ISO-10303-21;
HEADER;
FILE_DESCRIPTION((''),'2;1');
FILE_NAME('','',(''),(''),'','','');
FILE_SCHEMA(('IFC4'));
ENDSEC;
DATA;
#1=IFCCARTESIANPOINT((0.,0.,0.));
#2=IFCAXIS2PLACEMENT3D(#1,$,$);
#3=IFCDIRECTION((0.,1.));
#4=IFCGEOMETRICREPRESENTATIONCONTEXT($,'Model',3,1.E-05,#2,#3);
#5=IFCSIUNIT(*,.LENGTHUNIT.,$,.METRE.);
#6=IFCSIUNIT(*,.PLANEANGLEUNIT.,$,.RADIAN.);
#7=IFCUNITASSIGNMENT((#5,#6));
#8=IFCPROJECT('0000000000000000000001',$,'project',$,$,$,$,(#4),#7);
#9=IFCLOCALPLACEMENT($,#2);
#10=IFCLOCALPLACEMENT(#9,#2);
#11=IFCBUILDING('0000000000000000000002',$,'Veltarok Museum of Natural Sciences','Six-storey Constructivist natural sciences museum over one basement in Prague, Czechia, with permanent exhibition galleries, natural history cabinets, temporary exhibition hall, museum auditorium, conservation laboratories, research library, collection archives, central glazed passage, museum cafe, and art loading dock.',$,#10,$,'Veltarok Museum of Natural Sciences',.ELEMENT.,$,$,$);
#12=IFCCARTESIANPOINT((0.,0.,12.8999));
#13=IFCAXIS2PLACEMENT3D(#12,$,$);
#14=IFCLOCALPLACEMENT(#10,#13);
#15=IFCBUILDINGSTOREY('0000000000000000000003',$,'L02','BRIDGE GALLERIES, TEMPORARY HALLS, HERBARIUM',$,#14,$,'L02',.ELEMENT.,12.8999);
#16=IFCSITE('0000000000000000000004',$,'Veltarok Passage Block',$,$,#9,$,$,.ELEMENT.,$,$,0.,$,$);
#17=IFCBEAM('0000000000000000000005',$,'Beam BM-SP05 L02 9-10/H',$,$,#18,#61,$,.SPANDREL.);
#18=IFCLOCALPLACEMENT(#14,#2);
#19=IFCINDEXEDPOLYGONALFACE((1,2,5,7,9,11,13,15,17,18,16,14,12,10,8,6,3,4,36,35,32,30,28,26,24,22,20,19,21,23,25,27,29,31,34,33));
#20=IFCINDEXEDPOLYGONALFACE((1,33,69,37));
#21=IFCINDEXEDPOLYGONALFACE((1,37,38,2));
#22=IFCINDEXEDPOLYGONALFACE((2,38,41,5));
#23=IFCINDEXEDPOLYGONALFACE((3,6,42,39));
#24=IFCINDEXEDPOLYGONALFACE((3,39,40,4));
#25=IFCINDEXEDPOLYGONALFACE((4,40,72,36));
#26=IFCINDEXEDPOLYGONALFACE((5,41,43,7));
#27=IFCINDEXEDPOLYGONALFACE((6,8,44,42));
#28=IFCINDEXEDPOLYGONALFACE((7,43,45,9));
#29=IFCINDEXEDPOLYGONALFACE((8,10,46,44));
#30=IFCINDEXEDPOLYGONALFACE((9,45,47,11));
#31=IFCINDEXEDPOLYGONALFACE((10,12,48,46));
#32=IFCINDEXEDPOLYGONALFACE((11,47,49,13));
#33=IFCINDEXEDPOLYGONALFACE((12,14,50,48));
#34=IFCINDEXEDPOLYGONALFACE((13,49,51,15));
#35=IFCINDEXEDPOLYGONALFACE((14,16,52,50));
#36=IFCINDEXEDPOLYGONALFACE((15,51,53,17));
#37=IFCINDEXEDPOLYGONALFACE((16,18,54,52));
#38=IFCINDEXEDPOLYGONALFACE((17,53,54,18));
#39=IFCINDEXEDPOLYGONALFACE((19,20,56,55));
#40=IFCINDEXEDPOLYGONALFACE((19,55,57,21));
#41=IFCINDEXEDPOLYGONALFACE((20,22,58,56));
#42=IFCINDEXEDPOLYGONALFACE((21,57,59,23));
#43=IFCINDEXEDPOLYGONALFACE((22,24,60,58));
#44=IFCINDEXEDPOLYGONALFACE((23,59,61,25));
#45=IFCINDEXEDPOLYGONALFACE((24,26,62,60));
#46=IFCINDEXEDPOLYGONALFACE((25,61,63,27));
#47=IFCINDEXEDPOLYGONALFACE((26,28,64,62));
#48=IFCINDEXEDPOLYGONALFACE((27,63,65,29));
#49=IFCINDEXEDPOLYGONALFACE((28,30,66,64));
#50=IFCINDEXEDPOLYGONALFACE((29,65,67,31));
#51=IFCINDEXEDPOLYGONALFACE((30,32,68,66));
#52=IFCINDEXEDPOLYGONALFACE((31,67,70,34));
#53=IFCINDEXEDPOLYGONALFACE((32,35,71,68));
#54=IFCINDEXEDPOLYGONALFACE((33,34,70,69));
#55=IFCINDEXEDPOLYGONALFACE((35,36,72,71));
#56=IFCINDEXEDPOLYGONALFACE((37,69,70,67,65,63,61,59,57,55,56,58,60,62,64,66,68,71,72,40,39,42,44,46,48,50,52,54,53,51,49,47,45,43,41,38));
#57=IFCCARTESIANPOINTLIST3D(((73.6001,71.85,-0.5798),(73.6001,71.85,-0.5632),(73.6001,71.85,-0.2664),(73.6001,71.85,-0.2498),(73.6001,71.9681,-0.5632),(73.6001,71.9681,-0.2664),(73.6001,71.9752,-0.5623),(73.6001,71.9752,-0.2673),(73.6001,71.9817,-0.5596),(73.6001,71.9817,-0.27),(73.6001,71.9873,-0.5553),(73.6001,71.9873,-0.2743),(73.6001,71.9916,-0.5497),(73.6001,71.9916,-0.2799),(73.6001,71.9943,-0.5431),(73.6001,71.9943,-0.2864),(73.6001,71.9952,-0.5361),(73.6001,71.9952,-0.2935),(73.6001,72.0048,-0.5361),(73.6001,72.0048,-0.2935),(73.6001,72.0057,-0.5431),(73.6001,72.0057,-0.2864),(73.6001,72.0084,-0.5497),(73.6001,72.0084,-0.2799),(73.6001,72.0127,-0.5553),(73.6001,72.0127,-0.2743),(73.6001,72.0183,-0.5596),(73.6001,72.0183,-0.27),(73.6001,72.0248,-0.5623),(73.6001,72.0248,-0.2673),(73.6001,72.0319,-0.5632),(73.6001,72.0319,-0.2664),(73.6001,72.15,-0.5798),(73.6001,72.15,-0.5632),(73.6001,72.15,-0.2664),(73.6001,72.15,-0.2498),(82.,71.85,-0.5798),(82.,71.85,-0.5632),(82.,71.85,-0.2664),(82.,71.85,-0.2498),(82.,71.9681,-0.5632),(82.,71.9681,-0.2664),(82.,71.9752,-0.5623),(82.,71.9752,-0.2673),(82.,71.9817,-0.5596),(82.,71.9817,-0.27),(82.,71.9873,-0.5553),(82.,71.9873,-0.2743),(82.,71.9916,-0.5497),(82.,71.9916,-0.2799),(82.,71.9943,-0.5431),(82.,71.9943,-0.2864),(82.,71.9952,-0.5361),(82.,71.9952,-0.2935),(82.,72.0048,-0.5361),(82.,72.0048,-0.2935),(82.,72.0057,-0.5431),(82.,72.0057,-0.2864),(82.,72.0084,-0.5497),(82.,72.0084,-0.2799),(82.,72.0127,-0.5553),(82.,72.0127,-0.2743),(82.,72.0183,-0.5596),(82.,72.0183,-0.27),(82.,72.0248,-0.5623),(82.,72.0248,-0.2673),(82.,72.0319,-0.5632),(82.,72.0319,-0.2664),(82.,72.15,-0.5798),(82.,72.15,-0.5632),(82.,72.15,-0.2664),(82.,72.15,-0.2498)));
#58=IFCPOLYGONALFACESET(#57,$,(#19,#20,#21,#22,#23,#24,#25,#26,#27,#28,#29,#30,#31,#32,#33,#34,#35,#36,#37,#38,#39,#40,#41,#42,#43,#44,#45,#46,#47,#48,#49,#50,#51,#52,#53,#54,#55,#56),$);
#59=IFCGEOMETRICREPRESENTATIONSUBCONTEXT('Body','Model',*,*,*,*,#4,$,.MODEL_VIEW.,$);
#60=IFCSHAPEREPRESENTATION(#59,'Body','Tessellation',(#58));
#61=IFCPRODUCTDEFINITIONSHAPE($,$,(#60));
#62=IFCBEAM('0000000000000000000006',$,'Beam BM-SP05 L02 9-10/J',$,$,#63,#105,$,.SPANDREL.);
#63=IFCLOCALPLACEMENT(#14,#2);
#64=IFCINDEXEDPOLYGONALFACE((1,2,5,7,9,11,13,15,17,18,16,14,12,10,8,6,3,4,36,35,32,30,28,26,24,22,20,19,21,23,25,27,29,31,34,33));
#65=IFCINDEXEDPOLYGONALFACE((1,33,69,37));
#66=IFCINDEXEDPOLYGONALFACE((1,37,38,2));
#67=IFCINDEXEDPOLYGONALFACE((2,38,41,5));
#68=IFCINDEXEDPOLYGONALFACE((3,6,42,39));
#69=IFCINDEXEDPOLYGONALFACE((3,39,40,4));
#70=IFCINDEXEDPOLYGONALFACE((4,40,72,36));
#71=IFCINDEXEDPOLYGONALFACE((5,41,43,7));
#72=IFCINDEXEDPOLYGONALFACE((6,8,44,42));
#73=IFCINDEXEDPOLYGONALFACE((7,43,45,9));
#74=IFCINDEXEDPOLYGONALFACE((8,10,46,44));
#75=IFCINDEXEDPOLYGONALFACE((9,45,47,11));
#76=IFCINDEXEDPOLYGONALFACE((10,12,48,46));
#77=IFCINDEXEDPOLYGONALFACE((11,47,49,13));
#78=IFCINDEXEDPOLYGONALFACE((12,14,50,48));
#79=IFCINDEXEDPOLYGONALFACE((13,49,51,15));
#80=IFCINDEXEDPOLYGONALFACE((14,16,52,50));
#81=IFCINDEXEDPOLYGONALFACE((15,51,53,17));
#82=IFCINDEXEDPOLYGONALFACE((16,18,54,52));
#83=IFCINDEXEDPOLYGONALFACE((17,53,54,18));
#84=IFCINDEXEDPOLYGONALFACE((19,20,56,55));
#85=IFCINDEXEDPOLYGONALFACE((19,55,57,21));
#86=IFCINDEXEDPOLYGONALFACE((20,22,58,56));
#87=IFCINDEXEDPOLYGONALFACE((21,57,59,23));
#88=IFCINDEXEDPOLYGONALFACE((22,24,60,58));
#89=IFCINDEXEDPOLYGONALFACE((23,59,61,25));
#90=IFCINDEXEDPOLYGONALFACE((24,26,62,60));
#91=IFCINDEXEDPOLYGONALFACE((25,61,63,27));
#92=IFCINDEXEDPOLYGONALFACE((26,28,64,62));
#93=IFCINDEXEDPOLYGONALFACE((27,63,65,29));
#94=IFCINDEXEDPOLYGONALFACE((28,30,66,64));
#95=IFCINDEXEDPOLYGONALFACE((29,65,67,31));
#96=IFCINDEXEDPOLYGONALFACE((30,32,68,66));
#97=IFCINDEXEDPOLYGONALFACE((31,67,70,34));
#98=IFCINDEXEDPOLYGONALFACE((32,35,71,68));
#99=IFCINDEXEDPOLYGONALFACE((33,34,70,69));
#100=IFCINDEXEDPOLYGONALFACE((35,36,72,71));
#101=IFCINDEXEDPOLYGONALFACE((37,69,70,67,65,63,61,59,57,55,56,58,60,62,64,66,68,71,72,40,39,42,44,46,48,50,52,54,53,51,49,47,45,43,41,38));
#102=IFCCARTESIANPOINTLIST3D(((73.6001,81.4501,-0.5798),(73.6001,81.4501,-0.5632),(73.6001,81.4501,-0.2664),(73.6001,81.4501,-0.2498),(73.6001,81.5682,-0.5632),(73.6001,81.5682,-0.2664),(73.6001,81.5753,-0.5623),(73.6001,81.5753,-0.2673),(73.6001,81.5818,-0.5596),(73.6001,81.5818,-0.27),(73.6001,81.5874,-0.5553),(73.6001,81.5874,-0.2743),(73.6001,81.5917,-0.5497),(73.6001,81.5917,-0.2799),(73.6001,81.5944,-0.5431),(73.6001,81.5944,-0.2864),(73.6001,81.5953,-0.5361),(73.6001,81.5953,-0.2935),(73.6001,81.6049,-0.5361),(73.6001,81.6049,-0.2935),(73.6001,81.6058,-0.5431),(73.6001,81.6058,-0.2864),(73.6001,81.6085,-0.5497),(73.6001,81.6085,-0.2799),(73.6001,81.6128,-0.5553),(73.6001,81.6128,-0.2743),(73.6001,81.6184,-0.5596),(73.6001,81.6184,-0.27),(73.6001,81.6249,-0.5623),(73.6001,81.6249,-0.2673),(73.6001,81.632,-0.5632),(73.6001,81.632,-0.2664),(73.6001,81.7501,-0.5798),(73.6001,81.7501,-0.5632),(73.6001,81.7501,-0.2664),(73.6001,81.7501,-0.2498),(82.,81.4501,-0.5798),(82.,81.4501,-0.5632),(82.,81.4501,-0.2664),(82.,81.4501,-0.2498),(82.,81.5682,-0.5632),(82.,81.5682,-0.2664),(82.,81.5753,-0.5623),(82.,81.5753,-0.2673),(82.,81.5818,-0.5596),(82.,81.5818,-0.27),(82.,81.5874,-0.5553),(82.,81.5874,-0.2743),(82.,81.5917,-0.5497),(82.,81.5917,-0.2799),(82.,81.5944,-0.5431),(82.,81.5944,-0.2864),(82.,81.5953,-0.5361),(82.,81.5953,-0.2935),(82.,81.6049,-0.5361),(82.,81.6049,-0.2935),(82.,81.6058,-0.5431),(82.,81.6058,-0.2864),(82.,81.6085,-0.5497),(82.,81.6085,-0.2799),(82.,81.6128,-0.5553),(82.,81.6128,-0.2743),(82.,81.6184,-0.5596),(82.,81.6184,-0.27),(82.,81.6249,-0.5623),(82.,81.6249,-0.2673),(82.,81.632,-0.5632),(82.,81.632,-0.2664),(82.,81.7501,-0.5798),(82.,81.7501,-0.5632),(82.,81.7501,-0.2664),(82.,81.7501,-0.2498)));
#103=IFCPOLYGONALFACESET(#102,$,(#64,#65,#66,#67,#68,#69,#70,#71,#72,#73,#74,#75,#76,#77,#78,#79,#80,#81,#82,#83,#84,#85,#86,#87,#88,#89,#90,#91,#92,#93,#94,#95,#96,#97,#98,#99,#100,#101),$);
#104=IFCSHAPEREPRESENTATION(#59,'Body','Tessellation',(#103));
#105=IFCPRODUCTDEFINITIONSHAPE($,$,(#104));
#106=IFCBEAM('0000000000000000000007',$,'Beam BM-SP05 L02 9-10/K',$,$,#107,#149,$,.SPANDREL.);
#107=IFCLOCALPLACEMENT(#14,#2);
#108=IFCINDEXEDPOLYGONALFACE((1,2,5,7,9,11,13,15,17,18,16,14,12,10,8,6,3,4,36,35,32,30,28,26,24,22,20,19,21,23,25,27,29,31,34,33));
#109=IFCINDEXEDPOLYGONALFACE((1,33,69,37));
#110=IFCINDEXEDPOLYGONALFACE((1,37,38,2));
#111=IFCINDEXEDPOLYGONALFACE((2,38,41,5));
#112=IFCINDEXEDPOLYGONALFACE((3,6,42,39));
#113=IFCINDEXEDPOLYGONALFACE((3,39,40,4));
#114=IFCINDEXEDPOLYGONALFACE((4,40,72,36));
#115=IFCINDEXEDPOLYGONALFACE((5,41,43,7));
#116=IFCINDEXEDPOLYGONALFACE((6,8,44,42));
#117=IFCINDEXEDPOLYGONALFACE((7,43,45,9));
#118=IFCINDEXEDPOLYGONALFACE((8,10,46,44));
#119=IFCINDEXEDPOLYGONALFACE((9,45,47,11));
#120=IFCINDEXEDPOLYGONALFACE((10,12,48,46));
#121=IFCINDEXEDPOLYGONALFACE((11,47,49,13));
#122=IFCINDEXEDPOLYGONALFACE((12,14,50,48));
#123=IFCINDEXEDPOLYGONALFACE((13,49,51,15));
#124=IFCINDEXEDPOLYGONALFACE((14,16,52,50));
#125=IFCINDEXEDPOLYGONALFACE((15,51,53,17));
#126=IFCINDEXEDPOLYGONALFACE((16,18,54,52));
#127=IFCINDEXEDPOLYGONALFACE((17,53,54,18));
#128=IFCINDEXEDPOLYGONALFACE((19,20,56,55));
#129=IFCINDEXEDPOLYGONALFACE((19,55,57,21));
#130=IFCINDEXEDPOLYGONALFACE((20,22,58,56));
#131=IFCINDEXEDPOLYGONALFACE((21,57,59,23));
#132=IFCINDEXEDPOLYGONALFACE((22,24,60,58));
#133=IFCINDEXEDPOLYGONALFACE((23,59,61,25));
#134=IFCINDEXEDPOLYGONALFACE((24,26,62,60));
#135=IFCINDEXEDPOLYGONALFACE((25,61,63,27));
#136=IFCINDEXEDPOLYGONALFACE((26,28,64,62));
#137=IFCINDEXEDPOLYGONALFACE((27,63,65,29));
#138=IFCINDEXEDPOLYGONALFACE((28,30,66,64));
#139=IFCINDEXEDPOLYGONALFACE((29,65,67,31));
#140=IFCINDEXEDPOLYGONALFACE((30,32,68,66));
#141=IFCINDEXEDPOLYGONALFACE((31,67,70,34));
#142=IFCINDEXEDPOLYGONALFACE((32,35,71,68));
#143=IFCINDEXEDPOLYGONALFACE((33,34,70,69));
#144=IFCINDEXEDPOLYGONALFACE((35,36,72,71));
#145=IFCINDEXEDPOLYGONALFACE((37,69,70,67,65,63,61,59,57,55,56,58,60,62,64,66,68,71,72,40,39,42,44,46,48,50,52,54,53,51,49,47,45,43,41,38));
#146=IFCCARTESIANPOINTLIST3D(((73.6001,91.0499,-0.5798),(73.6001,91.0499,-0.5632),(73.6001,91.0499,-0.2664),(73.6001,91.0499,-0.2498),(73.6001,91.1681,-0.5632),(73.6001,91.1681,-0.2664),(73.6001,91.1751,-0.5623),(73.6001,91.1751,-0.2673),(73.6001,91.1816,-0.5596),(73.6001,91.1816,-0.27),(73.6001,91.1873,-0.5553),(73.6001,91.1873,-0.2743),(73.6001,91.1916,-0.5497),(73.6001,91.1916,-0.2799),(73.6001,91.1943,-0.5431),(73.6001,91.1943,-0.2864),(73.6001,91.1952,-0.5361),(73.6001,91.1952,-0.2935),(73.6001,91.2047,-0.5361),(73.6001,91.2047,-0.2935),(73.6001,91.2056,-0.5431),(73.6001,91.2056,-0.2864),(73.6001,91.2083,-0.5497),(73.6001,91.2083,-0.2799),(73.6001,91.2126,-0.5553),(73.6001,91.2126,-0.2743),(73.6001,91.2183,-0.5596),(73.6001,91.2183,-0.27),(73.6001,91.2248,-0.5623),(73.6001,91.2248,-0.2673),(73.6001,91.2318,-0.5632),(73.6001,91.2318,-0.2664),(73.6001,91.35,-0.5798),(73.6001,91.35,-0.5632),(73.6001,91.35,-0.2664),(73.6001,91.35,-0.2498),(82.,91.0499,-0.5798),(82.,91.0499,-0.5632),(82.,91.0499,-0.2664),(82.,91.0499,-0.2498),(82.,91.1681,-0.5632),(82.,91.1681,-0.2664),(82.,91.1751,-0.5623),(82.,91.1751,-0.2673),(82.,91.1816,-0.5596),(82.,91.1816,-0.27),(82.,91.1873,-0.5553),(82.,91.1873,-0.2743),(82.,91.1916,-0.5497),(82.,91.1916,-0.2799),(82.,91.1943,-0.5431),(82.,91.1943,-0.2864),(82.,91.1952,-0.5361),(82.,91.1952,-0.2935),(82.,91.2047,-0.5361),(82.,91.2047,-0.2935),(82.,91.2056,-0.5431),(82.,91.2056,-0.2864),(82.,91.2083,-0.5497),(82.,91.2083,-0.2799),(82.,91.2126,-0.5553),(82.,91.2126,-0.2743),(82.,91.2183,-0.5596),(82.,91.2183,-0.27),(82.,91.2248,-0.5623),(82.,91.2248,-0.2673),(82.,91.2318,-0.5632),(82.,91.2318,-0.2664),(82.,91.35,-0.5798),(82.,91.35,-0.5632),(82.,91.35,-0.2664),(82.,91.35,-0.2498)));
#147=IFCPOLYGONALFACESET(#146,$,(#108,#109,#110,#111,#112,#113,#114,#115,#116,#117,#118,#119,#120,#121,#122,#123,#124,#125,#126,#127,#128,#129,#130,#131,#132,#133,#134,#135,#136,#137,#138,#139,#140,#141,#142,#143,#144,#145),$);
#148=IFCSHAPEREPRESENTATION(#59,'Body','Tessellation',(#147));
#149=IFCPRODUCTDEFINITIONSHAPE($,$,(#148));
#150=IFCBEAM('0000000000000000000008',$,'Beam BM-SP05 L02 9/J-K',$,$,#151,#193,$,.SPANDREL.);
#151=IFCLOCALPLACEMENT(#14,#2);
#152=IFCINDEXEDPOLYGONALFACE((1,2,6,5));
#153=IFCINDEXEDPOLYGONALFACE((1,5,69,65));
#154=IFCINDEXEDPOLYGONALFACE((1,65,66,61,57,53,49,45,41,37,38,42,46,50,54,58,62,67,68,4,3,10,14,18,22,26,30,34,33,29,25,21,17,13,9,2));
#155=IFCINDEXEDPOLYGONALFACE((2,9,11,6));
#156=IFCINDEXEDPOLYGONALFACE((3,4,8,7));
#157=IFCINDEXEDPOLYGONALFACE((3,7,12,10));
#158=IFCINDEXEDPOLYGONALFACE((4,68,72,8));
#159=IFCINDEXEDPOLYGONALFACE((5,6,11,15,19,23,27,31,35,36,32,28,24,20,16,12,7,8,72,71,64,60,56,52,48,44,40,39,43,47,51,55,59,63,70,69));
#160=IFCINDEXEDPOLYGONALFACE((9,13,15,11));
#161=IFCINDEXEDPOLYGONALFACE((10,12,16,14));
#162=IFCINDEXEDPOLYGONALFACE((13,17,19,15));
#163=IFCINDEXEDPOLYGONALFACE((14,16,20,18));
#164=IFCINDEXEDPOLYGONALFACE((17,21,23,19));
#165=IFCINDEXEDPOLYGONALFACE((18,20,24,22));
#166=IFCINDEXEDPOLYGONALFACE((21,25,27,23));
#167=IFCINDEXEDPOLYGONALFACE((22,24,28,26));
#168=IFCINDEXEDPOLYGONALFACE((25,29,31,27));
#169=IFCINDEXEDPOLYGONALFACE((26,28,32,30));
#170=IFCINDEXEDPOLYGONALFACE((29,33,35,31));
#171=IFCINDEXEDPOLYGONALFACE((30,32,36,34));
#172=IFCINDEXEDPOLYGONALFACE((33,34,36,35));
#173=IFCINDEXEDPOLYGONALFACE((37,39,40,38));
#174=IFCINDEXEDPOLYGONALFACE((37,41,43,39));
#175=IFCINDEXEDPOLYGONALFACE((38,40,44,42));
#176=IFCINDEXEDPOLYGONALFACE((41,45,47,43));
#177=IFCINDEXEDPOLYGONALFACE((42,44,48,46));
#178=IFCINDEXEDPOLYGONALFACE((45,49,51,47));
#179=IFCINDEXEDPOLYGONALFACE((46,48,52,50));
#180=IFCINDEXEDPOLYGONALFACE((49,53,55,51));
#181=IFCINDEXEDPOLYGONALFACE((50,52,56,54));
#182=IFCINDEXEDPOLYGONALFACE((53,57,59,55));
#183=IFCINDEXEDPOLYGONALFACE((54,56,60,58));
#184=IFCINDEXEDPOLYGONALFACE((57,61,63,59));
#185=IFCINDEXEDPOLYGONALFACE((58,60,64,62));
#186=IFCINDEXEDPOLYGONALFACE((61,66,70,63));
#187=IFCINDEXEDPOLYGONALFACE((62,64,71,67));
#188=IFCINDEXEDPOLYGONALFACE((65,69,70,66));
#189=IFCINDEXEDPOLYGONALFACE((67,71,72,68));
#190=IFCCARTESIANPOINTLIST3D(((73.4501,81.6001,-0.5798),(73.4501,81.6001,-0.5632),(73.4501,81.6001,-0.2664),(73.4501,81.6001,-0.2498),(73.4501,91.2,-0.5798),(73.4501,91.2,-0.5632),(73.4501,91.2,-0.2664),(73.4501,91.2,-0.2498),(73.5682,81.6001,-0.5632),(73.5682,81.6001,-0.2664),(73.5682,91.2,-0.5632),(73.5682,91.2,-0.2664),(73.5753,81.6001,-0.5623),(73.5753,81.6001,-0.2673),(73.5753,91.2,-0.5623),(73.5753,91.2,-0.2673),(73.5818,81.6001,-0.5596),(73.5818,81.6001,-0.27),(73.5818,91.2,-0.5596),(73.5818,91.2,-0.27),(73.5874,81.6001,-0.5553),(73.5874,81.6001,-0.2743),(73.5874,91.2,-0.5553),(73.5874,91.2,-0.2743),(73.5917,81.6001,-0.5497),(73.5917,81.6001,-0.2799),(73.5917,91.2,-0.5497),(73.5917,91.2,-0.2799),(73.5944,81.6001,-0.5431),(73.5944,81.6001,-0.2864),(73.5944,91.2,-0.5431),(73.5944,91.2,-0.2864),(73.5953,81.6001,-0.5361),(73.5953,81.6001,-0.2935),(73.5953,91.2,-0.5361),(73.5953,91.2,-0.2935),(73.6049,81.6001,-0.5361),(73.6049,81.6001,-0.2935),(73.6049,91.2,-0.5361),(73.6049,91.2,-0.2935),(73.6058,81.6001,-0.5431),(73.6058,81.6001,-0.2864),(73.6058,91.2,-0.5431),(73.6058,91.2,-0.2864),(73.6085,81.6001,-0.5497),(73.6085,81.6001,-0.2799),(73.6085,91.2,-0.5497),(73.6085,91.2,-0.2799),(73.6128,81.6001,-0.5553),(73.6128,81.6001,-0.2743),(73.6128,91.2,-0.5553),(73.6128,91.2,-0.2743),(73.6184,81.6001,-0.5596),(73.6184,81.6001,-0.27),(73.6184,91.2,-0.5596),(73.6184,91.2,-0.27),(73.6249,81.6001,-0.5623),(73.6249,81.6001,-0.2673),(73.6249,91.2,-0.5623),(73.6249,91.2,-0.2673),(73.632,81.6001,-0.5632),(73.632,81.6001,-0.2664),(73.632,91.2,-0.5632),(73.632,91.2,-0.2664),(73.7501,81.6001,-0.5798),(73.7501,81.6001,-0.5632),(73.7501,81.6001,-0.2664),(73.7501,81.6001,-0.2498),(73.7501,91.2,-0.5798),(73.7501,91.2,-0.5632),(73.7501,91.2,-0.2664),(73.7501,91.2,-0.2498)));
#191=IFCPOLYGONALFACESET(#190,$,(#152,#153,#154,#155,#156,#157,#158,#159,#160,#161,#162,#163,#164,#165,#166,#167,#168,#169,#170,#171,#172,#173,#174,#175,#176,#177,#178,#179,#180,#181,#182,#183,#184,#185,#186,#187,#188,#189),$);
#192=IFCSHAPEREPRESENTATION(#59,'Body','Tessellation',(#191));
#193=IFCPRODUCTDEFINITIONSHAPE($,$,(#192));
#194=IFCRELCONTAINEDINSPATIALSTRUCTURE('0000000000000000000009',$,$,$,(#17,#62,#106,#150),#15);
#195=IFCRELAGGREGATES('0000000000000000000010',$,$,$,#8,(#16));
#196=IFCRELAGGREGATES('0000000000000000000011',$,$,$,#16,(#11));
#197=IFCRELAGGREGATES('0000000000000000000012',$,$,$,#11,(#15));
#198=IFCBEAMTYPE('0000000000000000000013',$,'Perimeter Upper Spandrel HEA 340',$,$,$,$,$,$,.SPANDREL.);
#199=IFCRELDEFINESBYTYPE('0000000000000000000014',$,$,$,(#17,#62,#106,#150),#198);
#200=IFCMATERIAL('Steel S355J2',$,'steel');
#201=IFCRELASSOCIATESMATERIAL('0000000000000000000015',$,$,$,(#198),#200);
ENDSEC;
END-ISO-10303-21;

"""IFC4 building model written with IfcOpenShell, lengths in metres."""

from ifc_helpers import new_model, si_unit, direction, frame, origin, origin_2d, place, context, subcontext, project, spatial, i_section, extrude, material, material_profile, profile_set, type_object, element, save


model = new_model("IFC4")

# Units and contexts
model_context = context("Model", 3, precision=1e-05, world=origin(), true_north=direction((0.0, 1.0)))
body_context = subcontext(model_context, "Body", "Model", "MODEL_VIEW")
ifc_project = project(units=[si_unit("LENGTHUNIT", "METRE"), si_unit("PLANEANGLEUNIT", "RADIAN")], contexts=[model_context])

# Site, building, storey
site_placement = place(None, origin())
site = spatial("IfcSite", under=ifc_project, at=site_placement, Name="Veltarok Passage Block", CompositionType="ELEMENT", RefElevation=0.0)
building_placement = place(site_placement, origin())
building = spatial("IfcBuilding", under=site, at=building_placement, Name="Veltarok Museum of Natural Sciences", Description="Six-storey Constructivist natural sciences museum over one basement in Prague, Czechia, with permanent exhibition galleries, natural history cabinets, temporary exhibition hall, museum auditorium, conservation laboratories, research library, collection archives, central glazed passage, museum cafe, and art loading dock.", LongName="Veltarok Museum of Natural Sciences", CompositionType="ELEMENT")
storey_placement = place(building_placement, frame((0.0, 0.0, 12.8999)))
storey = spatial("IfcBuildingStorey", under=building, at=storey_placement, Name="L02", Description="BRIDGE GALLERIES, TEMPORARY HALLS, HERBARIUM", LongName="L02", CompositionType="ELEMENT", Elevation=12.8999)

# Shared definitions
ifc_material_1 = material(Name="Steel S355J2", Category="steel")

# Beams
ifc_material_profile_1 = material_profile(ifc_material_1, i_section(OverallWidth=0.3, OverallDepth=0.3301, WebThickness=0.0095, FlangeThickness=0.0166, FilletRadius=0.0271, at=origin_2d()), Name="HEA 340")
ifc_profile_set_1 = profile_set([ifc_material_profile_1], Name="Steel S355J2")
beam_type_1 = type_object("IfcBeamType", Name="Perimeter Upper Spandrel HEA 340", PredefinedType="SPANDREL", material=ifc_profile_set_1)
for number, where, z_axis, x_axis, name in (
    (1, (73.6001, 72.0, -0.4148), (1.0, 0.0, 0.0), (0.0, 1.0, 0.0), "Beam BM-SP05 L02 9-10/H"),
    (2, (73.6001, 81.6001, -0.4148), (1.0, 0.0, 0.0), (0.0, 1.0, 0.0), "Beam BM-SP05 L02 9-10/J"),
    (3, (73.6001, 91.2, -0.4148), (1.0, 0.0, 0.0), (0.0, 1.0, 0.0), "Beam BM-SP05 L02 9-10/K"),
):
    element("IfcBeam", number, at=place(storey_placement, frame(where, z_axis=z_axis, x_axis=x_axis)), inside=storey, type_object=beam_type_1, Name=name, PredefinedType="SPANDREL", context=body_context, shape_type="SweptSolid", body=[
        extrude(i_section(OverallWidth=0.3, OverallDepth=0.3301, WebThickness=0.0095, FlangeThickness=0.0166, FilletRadius=0.0271, at=origin_2d()), origin(), (0.0, 0.0, 1.0), 8.3999),
    ])
beam_1_placement = place(storey_placement, frame((73.6001, 81.6001, -0.4148), z_axis=(0.0, 1.0, 0.0), x_axis=(-1.0, 0.0, 0.0)))
element("IfcBeam", 4, at=beam_1_placement, inside=storey, type_object=beam_type_1, Name="Beam BM-SP05 L02 9/J-K", PredefinedType="SPANDREL", context=body_context, shape_type="SweptSolid", body=[
    extrude(i_section(OverallWidth=0.3, OverallDepth=0.3301, WebThickness=0.0095, FlangeThickness=0.0166, FilletRadius=0.0271, at=origin_2d()), origin(), (0.0, 0.0, 1.0), 9.5999),
])

save(model, "model.ifc")
